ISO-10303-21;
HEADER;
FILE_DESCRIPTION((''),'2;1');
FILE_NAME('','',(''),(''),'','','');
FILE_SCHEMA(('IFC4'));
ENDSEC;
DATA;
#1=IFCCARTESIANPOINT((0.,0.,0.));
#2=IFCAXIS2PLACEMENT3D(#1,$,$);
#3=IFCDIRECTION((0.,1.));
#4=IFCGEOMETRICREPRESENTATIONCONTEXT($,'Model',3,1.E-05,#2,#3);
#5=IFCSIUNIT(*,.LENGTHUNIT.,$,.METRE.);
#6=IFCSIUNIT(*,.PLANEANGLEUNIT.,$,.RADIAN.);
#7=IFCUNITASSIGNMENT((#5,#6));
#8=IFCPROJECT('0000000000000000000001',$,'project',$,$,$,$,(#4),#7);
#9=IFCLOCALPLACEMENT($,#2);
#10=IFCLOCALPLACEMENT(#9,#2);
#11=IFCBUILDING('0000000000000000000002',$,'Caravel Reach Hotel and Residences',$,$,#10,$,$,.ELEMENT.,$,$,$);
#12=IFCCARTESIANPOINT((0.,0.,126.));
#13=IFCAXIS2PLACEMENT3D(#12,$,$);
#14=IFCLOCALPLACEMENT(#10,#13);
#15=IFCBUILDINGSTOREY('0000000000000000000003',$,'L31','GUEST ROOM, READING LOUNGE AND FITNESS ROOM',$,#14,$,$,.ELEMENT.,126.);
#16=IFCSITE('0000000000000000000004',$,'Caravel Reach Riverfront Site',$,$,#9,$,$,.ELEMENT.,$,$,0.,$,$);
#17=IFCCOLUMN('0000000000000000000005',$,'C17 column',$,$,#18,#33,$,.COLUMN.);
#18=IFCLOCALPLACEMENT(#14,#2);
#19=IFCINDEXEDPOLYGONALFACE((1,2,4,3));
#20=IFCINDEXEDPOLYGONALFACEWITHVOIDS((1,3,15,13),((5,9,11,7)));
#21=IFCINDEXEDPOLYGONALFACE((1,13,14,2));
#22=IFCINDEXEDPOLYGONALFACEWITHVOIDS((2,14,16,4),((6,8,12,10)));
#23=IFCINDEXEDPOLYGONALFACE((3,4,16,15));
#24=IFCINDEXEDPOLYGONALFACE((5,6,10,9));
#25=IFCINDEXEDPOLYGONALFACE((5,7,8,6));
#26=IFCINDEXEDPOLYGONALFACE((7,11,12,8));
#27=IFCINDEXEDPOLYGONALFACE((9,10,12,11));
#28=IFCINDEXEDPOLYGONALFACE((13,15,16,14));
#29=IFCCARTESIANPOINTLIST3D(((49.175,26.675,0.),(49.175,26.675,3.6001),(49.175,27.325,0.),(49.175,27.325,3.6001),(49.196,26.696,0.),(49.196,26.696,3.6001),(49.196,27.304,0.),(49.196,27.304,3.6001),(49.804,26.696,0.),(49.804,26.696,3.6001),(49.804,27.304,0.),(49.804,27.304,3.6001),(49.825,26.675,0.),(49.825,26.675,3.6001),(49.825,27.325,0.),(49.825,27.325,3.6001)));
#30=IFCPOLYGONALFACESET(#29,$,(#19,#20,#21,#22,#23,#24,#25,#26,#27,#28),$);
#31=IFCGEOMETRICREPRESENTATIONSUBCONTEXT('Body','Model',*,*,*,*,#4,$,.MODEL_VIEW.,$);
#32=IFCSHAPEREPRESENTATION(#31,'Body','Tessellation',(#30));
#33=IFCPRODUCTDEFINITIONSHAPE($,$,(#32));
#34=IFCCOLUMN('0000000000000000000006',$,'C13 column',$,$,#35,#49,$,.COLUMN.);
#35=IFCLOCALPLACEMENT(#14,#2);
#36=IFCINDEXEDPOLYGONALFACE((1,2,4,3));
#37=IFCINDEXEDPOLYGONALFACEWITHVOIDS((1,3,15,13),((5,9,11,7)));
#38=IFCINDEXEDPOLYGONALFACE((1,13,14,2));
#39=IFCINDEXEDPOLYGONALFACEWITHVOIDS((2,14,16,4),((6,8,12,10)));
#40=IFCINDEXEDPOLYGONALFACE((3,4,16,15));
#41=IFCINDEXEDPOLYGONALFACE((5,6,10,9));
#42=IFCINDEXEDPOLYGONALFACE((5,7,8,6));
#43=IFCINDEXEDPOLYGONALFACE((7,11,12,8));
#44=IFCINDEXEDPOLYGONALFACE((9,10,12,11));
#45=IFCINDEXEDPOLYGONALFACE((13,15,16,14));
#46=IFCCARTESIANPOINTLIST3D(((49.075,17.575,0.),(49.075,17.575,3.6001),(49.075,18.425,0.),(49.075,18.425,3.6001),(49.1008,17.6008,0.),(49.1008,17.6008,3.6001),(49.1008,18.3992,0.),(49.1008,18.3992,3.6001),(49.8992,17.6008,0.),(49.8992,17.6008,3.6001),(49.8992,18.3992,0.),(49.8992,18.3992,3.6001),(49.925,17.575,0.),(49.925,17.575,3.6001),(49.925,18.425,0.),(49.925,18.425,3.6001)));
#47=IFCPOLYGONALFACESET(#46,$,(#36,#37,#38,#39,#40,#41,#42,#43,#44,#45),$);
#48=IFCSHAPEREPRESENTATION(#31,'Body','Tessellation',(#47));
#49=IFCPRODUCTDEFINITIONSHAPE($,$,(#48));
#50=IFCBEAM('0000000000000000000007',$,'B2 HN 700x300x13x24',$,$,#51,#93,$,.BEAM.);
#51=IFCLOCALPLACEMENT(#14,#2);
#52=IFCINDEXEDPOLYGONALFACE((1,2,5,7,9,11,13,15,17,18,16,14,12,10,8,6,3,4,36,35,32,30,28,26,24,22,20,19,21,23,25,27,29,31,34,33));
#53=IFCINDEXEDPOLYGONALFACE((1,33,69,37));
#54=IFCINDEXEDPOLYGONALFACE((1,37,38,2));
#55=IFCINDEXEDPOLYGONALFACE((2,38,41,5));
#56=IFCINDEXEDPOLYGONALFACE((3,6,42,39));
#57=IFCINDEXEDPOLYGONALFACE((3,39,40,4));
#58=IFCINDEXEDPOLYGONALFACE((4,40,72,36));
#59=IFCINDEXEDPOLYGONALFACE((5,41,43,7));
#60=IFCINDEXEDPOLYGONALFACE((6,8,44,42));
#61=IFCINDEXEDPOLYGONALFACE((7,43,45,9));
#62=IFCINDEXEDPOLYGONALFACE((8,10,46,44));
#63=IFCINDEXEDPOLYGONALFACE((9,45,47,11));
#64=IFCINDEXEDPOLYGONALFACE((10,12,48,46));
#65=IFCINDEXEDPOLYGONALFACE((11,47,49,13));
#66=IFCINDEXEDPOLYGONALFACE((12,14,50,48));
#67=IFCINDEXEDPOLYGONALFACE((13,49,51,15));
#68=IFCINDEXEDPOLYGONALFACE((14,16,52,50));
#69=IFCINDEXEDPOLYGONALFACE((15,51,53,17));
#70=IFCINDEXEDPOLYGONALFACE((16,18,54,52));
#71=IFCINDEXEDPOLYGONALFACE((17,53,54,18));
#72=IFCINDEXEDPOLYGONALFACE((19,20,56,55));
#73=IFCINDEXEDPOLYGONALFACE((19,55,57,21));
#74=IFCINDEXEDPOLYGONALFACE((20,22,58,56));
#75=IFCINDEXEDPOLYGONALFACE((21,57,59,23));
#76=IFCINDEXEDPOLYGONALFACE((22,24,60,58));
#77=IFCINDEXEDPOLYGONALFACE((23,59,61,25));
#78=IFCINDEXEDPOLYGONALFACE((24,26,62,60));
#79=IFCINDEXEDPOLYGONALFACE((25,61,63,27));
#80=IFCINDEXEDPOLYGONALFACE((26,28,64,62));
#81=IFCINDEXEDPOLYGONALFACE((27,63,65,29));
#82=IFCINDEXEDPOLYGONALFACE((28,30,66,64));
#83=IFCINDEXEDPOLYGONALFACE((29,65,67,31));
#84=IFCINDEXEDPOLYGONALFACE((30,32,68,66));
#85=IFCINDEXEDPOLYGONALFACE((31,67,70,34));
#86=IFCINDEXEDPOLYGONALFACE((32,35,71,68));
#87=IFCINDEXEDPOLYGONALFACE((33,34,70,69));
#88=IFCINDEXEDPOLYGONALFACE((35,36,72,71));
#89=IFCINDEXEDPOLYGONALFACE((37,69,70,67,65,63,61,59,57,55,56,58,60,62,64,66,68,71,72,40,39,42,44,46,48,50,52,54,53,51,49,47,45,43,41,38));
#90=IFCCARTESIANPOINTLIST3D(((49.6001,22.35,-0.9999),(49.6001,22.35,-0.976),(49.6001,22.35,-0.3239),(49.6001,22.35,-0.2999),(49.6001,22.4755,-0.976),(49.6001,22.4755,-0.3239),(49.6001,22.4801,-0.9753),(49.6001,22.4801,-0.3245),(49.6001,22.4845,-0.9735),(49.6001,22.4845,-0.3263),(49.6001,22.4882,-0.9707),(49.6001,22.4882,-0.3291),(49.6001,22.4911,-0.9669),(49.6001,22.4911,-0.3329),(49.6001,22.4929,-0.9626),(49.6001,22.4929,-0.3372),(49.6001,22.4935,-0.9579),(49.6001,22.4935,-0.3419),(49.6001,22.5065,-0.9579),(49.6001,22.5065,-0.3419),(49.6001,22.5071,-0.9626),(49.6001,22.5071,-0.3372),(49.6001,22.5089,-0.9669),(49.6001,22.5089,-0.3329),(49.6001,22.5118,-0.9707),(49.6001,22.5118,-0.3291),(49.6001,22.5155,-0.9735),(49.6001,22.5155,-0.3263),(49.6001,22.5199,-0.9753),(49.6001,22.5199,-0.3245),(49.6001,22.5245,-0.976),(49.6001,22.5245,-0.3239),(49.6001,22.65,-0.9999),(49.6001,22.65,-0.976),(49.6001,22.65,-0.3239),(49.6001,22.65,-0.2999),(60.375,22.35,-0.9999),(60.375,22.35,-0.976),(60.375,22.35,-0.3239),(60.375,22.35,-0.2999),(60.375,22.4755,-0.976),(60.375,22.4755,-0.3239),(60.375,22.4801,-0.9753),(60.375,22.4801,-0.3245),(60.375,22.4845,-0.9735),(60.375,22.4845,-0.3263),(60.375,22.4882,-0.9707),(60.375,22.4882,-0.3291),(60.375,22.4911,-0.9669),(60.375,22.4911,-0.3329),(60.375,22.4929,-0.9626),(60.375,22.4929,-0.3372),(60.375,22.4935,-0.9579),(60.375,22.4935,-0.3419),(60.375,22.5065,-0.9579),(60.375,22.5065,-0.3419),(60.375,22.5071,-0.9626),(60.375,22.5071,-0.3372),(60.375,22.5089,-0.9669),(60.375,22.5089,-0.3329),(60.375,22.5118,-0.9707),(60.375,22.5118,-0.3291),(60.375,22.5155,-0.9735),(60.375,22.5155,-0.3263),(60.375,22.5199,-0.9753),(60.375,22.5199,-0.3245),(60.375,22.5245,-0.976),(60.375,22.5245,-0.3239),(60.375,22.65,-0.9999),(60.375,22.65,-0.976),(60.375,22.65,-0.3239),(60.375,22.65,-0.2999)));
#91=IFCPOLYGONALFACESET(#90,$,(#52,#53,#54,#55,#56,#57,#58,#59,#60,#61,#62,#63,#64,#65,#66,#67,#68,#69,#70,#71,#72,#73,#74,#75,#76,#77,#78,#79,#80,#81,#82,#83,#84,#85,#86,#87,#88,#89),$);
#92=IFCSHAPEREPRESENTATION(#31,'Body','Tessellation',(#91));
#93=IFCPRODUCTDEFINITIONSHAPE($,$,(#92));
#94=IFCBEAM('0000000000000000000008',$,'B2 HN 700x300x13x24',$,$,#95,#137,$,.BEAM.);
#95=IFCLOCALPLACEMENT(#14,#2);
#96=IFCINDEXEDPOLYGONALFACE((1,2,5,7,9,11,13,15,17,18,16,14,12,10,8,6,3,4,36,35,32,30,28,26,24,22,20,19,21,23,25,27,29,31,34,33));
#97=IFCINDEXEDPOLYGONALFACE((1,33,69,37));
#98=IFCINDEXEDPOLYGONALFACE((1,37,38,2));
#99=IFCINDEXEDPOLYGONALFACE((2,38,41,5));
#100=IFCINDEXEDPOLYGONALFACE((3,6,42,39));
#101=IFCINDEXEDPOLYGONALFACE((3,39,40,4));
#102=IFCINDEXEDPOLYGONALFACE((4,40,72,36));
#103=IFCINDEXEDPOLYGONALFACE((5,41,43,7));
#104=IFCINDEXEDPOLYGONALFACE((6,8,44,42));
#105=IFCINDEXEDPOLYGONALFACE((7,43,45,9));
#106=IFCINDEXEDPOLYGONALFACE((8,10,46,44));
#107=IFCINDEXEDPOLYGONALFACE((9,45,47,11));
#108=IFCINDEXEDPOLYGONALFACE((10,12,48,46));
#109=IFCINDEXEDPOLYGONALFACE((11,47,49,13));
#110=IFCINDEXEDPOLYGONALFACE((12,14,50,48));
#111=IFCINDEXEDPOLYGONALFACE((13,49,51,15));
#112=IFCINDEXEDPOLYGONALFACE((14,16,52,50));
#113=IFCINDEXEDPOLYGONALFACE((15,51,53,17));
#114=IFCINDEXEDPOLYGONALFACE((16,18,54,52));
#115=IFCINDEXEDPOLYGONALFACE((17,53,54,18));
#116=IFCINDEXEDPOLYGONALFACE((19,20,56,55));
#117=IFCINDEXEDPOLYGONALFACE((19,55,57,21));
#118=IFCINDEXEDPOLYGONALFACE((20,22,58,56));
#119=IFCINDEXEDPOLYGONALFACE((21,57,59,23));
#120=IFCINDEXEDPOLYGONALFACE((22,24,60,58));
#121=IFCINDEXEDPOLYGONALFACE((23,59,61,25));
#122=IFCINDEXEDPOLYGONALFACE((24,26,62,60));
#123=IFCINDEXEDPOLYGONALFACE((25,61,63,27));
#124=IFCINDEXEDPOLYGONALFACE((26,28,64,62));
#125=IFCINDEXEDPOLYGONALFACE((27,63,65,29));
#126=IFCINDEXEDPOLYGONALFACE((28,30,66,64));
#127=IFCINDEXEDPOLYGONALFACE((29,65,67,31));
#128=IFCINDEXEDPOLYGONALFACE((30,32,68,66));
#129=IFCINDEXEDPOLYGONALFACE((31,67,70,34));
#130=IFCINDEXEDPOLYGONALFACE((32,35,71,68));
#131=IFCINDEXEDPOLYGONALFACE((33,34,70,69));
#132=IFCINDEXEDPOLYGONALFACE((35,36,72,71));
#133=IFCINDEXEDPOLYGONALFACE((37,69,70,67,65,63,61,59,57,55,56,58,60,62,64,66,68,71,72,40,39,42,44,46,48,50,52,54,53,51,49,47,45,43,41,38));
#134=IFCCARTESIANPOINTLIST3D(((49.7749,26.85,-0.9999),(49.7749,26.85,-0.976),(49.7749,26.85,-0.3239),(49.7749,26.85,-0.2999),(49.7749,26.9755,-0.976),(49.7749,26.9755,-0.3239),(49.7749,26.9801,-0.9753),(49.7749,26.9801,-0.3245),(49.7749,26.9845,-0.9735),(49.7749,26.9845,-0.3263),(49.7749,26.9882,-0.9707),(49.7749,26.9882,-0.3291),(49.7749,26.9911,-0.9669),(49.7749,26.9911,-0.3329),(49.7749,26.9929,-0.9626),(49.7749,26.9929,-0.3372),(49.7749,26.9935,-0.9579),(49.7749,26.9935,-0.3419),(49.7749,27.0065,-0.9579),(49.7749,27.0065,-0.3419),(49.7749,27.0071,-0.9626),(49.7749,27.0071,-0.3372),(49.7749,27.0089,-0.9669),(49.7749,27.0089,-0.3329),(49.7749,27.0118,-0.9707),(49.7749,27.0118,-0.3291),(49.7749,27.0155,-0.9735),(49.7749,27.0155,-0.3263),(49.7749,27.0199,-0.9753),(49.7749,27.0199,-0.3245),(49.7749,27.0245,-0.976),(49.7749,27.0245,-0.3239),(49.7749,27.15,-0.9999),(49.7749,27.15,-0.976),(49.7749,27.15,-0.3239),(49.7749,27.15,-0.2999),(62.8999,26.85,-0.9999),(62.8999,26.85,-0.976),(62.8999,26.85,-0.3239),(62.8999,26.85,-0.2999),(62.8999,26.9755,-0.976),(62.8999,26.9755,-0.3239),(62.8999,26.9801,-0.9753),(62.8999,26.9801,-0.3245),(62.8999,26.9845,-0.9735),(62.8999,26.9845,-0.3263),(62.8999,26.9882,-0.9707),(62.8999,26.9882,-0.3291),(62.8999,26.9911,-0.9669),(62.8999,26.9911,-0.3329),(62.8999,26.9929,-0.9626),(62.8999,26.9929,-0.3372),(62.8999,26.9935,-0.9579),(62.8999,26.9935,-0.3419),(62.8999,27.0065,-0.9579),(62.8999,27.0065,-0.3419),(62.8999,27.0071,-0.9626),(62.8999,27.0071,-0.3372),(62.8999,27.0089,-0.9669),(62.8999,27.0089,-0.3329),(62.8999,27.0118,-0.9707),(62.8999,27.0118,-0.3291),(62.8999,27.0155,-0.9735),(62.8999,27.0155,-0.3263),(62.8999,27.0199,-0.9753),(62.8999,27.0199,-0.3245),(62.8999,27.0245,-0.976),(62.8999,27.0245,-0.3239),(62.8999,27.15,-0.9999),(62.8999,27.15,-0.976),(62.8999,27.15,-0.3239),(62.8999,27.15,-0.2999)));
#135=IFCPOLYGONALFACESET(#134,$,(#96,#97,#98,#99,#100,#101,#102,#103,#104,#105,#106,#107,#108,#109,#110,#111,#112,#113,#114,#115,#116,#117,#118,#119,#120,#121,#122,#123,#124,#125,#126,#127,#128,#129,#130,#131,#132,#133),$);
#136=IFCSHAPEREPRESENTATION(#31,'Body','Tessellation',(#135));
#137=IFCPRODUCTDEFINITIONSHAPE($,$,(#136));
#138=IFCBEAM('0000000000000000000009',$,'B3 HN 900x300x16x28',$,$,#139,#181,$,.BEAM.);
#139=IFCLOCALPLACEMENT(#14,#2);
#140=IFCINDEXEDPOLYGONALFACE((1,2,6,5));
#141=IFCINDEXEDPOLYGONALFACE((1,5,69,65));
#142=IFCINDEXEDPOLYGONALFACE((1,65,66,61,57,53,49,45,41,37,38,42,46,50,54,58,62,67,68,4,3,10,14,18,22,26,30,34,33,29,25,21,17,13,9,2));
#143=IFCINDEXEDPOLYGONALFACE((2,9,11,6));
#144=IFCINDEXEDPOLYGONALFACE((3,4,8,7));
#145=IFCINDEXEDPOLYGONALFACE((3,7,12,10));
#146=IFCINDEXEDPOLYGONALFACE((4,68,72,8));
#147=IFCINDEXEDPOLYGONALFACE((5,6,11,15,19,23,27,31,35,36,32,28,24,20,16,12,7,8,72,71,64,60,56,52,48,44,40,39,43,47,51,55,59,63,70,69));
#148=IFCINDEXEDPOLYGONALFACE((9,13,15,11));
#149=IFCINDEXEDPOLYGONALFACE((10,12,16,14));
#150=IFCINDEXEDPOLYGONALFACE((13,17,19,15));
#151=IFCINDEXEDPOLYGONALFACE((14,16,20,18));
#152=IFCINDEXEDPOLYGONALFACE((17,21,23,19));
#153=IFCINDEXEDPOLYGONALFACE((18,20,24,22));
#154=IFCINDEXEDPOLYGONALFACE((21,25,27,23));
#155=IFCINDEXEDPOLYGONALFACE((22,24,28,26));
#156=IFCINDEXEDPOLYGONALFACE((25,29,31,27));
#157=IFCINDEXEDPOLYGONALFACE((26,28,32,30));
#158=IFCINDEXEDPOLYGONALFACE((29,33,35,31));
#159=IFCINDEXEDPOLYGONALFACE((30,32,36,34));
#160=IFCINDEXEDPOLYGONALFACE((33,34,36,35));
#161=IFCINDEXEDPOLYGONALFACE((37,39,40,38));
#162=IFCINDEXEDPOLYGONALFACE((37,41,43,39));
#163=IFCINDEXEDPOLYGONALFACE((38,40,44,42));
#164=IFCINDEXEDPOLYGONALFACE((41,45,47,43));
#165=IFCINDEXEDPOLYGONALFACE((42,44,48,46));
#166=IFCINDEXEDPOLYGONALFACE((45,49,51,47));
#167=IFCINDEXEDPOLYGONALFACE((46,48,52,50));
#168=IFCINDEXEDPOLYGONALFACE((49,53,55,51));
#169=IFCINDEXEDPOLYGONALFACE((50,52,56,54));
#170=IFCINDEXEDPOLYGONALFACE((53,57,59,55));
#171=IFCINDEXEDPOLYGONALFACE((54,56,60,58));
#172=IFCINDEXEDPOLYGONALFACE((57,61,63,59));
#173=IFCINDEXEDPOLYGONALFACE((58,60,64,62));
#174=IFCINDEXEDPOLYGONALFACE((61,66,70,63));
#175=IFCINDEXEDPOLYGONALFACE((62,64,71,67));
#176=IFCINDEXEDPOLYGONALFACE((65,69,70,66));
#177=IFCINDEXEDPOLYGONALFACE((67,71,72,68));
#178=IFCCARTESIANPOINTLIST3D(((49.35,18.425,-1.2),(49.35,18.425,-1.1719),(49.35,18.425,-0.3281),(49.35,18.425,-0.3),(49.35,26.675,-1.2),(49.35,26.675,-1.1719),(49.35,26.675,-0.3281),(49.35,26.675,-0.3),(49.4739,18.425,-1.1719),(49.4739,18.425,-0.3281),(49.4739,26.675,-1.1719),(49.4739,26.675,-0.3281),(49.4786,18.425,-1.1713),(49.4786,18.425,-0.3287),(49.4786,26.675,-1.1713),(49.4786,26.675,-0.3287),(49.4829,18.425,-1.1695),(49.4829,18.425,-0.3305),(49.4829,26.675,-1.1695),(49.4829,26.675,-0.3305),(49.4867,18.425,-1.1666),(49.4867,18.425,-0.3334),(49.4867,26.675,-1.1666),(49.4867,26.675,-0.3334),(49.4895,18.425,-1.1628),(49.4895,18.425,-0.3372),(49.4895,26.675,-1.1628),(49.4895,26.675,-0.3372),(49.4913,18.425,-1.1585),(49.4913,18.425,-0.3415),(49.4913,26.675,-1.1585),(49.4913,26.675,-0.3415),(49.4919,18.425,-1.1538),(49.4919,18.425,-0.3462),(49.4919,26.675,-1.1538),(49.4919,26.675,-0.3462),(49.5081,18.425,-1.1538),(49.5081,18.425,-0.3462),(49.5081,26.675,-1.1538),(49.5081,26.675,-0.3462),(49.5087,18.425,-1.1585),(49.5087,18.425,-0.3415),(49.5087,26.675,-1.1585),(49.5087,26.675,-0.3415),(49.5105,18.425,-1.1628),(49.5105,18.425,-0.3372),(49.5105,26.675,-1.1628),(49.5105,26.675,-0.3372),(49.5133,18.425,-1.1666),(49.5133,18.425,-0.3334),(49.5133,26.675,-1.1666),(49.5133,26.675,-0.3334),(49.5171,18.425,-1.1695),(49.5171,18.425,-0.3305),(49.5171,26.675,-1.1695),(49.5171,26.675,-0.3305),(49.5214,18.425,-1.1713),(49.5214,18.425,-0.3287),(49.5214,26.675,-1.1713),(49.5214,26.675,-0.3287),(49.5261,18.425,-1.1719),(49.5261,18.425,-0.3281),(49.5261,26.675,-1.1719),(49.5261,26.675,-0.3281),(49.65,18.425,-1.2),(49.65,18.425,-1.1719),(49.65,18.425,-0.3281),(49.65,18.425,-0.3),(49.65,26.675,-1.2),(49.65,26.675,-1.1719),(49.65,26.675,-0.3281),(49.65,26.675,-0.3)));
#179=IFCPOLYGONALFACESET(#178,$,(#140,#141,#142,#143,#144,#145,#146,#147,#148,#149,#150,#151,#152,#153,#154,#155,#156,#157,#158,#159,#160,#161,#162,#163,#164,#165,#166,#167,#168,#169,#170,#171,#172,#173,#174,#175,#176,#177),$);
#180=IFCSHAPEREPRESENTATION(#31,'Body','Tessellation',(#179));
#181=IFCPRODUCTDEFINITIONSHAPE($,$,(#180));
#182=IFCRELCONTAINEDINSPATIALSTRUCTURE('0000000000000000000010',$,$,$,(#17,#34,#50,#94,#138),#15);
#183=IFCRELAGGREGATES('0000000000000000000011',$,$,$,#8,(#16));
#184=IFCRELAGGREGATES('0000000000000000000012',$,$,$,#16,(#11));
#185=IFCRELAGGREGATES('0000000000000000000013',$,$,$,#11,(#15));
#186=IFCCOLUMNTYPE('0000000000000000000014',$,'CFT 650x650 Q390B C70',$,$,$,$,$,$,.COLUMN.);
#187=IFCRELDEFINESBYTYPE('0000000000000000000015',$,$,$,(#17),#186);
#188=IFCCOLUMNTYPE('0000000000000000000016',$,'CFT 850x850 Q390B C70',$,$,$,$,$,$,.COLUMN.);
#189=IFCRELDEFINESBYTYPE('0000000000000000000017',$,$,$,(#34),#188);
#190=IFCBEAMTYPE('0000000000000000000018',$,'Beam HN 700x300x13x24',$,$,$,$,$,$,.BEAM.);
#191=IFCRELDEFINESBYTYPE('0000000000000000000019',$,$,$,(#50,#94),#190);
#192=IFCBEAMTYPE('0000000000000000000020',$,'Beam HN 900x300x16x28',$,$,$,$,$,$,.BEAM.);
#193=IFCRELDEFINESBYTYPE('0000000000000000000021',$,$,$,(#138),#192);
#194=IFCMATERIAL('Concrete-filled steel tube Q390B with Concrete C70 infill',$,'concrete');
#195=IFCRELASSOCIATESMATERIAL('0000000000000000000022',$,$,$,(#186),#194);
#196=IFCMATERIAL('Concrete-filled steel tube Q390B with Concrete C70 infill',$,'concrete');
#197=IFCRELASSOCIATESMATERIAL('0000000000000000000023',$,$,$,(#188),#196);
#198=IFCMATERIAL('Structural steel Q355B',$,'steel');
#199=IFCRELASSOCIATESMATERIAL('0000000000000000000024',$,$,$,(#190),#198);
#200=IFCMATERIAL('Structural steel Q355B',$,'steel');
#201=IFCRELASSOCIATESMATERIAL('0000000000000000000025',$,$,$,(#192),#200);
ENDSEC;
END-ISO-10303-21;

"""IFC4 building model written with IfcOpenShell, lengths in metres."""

from ifc_helpers import new_model, si_unit, direction, frame, origin, origin_2d, place, context, subcontext, project, spatial, hollow_rectangle, i_section, extrude, material, material_profile, profile_set, type_object, element, save


model = new_model("IFC4")

# Units and contexts
model_context = context("Model", 3, precision=1e-05, world=origin(), true_north=direction((0.0, 1.0)))
body_context = subcontext(model_context, "Body", "Model", "MODEL_VIEW")
ifc_project = project(units=[si_unit("LENGTHUNIT", "METRE"), si_unit("PLANEANGLEUNIT", "RADIAN")], contexts=[model_context])

# Site, building, storey
site_placement = place(None, origin())
site = spatial("IfcSite", under=ifc_project, at=site_placement, Name="Caravel Reach Riverfront Site", CompositionType="ELEMENT", RefElevation=0.0)
building_placement = place(site_placement, origin())
building = spatial("IfcBuilding", under=site, at=building_placement, Name="Caravel Reach Hotel and Residences", CompositionType="ELEMENT")
storey_placement = place(building_placement, frame((0.0, 0.0, 126.0)))
storey = spatial("IfcBuildingStorey", under=building, at=storey_placement, Name="L31", Description="GUEST ROOM, READING LOUNGE AND FITNESS ROOM", CompositionType="ELEMENT", Elevation=126.0)

# Columns
ifc_material_1 = material(Name="Concrete-filled steel tube Q390B with Concrete C70 infill", Category="concrete")
ifc_material_profile_1 = material_profile(ifc_material_1, hollow_rectangle(XDim=0.6499, YDim=0.6499, WallThickness=0.021, at=origin_2d()), Name="RHS 650x650x21")
ifc_profile_set_1 = profile_set([ifc_material_profile_1], Name="Concrete-filled steel tube Q390B with Concrete C70 infill")
column_type_1 = type_object("IfcColumnType", Name="CFT 650x650 Q390B C70", PredefinedType="COLUMN", material=ifc_profile_set_1)
column_1_placement = place(storey_placement, frame((49.5, 27.0, 0.0), z_axis=(0.0, 0.0, 1.0), x_axis=(1.0, 0.0, 0.0)))
element("IfcColumn", 1, at=column_1_placement, inside=storey, type_object=column_type_1, Name="C17 column", PredefinedType="COLUMN", context=body_context, shape_type="SweptSolid", body=[
    extrude(hollow_rectangle(XDim=0.6499, YDim=0.6499, WallThickness=0.021, at=origin_2d()), origin(), (0.0, 0.0, 1.0), 3.6001),
])
ifc_material_2 = material(Name="Concrete-filled steel tube Q390B with Concrete C70 infill", Category="concrete")
ifc_material_profile_2 = material_profile(ifc_material_2, hollow_rectangle(XDim=0.8501, YDim=0.8501, WallThickness=0.0259, at=origin_2d()), Name="RHS 850x850x26")
ifc_profile_set_2 = profile_set([ifc_material_profile_2], Name="Concrete-filled steel tube Q390B with Concrete C70 infill")
column_type_2 = type_object("IfcColumnType", Name="CFT 850x850 Q390B C70", PredefinedType="COLUMN", material=ifc_profile_set_2)
column_2_placement = place(storey_placement, frame((49.5, 18.0, 0.0), z_axis=(0.0, 0.0, 1.0), x_axis=(1.0, 0.0, 0.0)))
element("IfcColumn", 2, at=column_2_placement, inside=storey, type_object=column_type_2, Name="C13 column", PredefinedType="COLUMN", context=body_context, shape_type="SweptSolid", body=[
    extrude(hollow_rectangle(XDim=0.8501, YDim=0.8501, WallThickness=0.0259, at=origin_2d()), origin(), (0.0, 0.0, 1.0), 3.6001),
])

# Beams
ifc_material_3 = material(Name="Structural steel Q355B", Category="steel")
ifc_material_profile_3 = material_profile(ifc_material_3, i_section(OverallWidth=0.3, OverallDepth=0.7, WebThickness=0.0129, FlangeThickness=0.0239, FilletRadius=0.0181, at=origin_2d()), Name="HN 700x300x13x24")
ifc_profile_set_3 = profile_set([ifc_material_profile_3], Name="Structural steel Q355B")
beam_type_1 = type_object("IfcBeamType", Name="Beam HN 700x300x13x24", PredefinedType="BEAM", material=ifc_profile_set_3)
beam_1_placement = place(storey_placement, frame((49.6001, 22.5, -0.6499), z_axis=(1.0, 0.0, 0.0), x_axis=(0.0, 1.0, 0.0)))
element("IfcBeam", 3, at=beam_1_placement, inside=storey, type_object=beam_type_1, Name="B2 HN 700x300x13x24", PredefinedType="BEAM", context=body_context, shape_type="SweptSolid", body=[
    extrude(i_section(OverallWidth=0.3, OverallDepth=0.7, WebThickness=0.0129, FlangeThickness=0.0239, FilletRadius=0.0181, at=origin_2d()), origin(), (0.0, 0.0, 1.0), 10.7749),
])
beam_2_placement = place(storey_placement, frame((49.7749, 27.0, -0.6499), z_axis=(1.0, 0.0, 0.0), x_axis=(0.0, 1.0, 0.0)))
element("IfcBeam", 4, at=beam_2_placement, inside=storey, type_object=beam_type_1, Name="B2 HN 700x300x13x24", PredefinedType="BEAM", context=body_context, shape_type="SweptSolid", body=[
    extrude(i_section(OverallWidth=0.3, OverallDepth=0.7, WebThickness=0.0129, FlangeThickness=0.0239, FilletRadius=0.0181, at=origin_2d()), origin(), (0.0, 0.0, 1.0), 13.125),
])
ifc_material_4 = material(Name="Structural steel Q355B", Category="steel")
ifc_material_profile_4 = material_profile(ifc_material_4, i_section(OverallWidth=0.3, OverallDepth=0.8999, WebThickness=0.0161, FlangeThickness=0.0281, FilletRadius=0.0181, at=origin_2d()), Name="HN 900x300x16x28")
ifc_profile_set_4 = profile_set([ifc_material_profile_4], Name="Structural steel Q355B")
beam_type_2 = type_object("IfcBeamType", Name="Beam HN 900x300x16x28", PredefinedType="BEAM", material=ifc_profile_set_4)
beam_3_placement = place(storey_placement, frame((49.5, 18.425, -0.75), z_axis=(0.0, 1.0, 0.0), x_axis=(-1.0, 0.0, 0.0)))
element("IfcBeam", 5, at=beam_3_placement, inside=storey, type_object=beam_type_2, Name="B3 HN 900x300x16x28", PredefinedType="BEAM", context=body_context, shape_type="SweptSolid", body=[
    extrude(i_section(OverallWidth=0.3, OverallDepth=0.8999, WebThickness=0.0161, FlangeThickness=0.0281, FilletRadius=0.0181, at=origin_2d()), origin(), (0.0, 0.0, 1.0), 8.25),
])

save(model, "model.ifc")
